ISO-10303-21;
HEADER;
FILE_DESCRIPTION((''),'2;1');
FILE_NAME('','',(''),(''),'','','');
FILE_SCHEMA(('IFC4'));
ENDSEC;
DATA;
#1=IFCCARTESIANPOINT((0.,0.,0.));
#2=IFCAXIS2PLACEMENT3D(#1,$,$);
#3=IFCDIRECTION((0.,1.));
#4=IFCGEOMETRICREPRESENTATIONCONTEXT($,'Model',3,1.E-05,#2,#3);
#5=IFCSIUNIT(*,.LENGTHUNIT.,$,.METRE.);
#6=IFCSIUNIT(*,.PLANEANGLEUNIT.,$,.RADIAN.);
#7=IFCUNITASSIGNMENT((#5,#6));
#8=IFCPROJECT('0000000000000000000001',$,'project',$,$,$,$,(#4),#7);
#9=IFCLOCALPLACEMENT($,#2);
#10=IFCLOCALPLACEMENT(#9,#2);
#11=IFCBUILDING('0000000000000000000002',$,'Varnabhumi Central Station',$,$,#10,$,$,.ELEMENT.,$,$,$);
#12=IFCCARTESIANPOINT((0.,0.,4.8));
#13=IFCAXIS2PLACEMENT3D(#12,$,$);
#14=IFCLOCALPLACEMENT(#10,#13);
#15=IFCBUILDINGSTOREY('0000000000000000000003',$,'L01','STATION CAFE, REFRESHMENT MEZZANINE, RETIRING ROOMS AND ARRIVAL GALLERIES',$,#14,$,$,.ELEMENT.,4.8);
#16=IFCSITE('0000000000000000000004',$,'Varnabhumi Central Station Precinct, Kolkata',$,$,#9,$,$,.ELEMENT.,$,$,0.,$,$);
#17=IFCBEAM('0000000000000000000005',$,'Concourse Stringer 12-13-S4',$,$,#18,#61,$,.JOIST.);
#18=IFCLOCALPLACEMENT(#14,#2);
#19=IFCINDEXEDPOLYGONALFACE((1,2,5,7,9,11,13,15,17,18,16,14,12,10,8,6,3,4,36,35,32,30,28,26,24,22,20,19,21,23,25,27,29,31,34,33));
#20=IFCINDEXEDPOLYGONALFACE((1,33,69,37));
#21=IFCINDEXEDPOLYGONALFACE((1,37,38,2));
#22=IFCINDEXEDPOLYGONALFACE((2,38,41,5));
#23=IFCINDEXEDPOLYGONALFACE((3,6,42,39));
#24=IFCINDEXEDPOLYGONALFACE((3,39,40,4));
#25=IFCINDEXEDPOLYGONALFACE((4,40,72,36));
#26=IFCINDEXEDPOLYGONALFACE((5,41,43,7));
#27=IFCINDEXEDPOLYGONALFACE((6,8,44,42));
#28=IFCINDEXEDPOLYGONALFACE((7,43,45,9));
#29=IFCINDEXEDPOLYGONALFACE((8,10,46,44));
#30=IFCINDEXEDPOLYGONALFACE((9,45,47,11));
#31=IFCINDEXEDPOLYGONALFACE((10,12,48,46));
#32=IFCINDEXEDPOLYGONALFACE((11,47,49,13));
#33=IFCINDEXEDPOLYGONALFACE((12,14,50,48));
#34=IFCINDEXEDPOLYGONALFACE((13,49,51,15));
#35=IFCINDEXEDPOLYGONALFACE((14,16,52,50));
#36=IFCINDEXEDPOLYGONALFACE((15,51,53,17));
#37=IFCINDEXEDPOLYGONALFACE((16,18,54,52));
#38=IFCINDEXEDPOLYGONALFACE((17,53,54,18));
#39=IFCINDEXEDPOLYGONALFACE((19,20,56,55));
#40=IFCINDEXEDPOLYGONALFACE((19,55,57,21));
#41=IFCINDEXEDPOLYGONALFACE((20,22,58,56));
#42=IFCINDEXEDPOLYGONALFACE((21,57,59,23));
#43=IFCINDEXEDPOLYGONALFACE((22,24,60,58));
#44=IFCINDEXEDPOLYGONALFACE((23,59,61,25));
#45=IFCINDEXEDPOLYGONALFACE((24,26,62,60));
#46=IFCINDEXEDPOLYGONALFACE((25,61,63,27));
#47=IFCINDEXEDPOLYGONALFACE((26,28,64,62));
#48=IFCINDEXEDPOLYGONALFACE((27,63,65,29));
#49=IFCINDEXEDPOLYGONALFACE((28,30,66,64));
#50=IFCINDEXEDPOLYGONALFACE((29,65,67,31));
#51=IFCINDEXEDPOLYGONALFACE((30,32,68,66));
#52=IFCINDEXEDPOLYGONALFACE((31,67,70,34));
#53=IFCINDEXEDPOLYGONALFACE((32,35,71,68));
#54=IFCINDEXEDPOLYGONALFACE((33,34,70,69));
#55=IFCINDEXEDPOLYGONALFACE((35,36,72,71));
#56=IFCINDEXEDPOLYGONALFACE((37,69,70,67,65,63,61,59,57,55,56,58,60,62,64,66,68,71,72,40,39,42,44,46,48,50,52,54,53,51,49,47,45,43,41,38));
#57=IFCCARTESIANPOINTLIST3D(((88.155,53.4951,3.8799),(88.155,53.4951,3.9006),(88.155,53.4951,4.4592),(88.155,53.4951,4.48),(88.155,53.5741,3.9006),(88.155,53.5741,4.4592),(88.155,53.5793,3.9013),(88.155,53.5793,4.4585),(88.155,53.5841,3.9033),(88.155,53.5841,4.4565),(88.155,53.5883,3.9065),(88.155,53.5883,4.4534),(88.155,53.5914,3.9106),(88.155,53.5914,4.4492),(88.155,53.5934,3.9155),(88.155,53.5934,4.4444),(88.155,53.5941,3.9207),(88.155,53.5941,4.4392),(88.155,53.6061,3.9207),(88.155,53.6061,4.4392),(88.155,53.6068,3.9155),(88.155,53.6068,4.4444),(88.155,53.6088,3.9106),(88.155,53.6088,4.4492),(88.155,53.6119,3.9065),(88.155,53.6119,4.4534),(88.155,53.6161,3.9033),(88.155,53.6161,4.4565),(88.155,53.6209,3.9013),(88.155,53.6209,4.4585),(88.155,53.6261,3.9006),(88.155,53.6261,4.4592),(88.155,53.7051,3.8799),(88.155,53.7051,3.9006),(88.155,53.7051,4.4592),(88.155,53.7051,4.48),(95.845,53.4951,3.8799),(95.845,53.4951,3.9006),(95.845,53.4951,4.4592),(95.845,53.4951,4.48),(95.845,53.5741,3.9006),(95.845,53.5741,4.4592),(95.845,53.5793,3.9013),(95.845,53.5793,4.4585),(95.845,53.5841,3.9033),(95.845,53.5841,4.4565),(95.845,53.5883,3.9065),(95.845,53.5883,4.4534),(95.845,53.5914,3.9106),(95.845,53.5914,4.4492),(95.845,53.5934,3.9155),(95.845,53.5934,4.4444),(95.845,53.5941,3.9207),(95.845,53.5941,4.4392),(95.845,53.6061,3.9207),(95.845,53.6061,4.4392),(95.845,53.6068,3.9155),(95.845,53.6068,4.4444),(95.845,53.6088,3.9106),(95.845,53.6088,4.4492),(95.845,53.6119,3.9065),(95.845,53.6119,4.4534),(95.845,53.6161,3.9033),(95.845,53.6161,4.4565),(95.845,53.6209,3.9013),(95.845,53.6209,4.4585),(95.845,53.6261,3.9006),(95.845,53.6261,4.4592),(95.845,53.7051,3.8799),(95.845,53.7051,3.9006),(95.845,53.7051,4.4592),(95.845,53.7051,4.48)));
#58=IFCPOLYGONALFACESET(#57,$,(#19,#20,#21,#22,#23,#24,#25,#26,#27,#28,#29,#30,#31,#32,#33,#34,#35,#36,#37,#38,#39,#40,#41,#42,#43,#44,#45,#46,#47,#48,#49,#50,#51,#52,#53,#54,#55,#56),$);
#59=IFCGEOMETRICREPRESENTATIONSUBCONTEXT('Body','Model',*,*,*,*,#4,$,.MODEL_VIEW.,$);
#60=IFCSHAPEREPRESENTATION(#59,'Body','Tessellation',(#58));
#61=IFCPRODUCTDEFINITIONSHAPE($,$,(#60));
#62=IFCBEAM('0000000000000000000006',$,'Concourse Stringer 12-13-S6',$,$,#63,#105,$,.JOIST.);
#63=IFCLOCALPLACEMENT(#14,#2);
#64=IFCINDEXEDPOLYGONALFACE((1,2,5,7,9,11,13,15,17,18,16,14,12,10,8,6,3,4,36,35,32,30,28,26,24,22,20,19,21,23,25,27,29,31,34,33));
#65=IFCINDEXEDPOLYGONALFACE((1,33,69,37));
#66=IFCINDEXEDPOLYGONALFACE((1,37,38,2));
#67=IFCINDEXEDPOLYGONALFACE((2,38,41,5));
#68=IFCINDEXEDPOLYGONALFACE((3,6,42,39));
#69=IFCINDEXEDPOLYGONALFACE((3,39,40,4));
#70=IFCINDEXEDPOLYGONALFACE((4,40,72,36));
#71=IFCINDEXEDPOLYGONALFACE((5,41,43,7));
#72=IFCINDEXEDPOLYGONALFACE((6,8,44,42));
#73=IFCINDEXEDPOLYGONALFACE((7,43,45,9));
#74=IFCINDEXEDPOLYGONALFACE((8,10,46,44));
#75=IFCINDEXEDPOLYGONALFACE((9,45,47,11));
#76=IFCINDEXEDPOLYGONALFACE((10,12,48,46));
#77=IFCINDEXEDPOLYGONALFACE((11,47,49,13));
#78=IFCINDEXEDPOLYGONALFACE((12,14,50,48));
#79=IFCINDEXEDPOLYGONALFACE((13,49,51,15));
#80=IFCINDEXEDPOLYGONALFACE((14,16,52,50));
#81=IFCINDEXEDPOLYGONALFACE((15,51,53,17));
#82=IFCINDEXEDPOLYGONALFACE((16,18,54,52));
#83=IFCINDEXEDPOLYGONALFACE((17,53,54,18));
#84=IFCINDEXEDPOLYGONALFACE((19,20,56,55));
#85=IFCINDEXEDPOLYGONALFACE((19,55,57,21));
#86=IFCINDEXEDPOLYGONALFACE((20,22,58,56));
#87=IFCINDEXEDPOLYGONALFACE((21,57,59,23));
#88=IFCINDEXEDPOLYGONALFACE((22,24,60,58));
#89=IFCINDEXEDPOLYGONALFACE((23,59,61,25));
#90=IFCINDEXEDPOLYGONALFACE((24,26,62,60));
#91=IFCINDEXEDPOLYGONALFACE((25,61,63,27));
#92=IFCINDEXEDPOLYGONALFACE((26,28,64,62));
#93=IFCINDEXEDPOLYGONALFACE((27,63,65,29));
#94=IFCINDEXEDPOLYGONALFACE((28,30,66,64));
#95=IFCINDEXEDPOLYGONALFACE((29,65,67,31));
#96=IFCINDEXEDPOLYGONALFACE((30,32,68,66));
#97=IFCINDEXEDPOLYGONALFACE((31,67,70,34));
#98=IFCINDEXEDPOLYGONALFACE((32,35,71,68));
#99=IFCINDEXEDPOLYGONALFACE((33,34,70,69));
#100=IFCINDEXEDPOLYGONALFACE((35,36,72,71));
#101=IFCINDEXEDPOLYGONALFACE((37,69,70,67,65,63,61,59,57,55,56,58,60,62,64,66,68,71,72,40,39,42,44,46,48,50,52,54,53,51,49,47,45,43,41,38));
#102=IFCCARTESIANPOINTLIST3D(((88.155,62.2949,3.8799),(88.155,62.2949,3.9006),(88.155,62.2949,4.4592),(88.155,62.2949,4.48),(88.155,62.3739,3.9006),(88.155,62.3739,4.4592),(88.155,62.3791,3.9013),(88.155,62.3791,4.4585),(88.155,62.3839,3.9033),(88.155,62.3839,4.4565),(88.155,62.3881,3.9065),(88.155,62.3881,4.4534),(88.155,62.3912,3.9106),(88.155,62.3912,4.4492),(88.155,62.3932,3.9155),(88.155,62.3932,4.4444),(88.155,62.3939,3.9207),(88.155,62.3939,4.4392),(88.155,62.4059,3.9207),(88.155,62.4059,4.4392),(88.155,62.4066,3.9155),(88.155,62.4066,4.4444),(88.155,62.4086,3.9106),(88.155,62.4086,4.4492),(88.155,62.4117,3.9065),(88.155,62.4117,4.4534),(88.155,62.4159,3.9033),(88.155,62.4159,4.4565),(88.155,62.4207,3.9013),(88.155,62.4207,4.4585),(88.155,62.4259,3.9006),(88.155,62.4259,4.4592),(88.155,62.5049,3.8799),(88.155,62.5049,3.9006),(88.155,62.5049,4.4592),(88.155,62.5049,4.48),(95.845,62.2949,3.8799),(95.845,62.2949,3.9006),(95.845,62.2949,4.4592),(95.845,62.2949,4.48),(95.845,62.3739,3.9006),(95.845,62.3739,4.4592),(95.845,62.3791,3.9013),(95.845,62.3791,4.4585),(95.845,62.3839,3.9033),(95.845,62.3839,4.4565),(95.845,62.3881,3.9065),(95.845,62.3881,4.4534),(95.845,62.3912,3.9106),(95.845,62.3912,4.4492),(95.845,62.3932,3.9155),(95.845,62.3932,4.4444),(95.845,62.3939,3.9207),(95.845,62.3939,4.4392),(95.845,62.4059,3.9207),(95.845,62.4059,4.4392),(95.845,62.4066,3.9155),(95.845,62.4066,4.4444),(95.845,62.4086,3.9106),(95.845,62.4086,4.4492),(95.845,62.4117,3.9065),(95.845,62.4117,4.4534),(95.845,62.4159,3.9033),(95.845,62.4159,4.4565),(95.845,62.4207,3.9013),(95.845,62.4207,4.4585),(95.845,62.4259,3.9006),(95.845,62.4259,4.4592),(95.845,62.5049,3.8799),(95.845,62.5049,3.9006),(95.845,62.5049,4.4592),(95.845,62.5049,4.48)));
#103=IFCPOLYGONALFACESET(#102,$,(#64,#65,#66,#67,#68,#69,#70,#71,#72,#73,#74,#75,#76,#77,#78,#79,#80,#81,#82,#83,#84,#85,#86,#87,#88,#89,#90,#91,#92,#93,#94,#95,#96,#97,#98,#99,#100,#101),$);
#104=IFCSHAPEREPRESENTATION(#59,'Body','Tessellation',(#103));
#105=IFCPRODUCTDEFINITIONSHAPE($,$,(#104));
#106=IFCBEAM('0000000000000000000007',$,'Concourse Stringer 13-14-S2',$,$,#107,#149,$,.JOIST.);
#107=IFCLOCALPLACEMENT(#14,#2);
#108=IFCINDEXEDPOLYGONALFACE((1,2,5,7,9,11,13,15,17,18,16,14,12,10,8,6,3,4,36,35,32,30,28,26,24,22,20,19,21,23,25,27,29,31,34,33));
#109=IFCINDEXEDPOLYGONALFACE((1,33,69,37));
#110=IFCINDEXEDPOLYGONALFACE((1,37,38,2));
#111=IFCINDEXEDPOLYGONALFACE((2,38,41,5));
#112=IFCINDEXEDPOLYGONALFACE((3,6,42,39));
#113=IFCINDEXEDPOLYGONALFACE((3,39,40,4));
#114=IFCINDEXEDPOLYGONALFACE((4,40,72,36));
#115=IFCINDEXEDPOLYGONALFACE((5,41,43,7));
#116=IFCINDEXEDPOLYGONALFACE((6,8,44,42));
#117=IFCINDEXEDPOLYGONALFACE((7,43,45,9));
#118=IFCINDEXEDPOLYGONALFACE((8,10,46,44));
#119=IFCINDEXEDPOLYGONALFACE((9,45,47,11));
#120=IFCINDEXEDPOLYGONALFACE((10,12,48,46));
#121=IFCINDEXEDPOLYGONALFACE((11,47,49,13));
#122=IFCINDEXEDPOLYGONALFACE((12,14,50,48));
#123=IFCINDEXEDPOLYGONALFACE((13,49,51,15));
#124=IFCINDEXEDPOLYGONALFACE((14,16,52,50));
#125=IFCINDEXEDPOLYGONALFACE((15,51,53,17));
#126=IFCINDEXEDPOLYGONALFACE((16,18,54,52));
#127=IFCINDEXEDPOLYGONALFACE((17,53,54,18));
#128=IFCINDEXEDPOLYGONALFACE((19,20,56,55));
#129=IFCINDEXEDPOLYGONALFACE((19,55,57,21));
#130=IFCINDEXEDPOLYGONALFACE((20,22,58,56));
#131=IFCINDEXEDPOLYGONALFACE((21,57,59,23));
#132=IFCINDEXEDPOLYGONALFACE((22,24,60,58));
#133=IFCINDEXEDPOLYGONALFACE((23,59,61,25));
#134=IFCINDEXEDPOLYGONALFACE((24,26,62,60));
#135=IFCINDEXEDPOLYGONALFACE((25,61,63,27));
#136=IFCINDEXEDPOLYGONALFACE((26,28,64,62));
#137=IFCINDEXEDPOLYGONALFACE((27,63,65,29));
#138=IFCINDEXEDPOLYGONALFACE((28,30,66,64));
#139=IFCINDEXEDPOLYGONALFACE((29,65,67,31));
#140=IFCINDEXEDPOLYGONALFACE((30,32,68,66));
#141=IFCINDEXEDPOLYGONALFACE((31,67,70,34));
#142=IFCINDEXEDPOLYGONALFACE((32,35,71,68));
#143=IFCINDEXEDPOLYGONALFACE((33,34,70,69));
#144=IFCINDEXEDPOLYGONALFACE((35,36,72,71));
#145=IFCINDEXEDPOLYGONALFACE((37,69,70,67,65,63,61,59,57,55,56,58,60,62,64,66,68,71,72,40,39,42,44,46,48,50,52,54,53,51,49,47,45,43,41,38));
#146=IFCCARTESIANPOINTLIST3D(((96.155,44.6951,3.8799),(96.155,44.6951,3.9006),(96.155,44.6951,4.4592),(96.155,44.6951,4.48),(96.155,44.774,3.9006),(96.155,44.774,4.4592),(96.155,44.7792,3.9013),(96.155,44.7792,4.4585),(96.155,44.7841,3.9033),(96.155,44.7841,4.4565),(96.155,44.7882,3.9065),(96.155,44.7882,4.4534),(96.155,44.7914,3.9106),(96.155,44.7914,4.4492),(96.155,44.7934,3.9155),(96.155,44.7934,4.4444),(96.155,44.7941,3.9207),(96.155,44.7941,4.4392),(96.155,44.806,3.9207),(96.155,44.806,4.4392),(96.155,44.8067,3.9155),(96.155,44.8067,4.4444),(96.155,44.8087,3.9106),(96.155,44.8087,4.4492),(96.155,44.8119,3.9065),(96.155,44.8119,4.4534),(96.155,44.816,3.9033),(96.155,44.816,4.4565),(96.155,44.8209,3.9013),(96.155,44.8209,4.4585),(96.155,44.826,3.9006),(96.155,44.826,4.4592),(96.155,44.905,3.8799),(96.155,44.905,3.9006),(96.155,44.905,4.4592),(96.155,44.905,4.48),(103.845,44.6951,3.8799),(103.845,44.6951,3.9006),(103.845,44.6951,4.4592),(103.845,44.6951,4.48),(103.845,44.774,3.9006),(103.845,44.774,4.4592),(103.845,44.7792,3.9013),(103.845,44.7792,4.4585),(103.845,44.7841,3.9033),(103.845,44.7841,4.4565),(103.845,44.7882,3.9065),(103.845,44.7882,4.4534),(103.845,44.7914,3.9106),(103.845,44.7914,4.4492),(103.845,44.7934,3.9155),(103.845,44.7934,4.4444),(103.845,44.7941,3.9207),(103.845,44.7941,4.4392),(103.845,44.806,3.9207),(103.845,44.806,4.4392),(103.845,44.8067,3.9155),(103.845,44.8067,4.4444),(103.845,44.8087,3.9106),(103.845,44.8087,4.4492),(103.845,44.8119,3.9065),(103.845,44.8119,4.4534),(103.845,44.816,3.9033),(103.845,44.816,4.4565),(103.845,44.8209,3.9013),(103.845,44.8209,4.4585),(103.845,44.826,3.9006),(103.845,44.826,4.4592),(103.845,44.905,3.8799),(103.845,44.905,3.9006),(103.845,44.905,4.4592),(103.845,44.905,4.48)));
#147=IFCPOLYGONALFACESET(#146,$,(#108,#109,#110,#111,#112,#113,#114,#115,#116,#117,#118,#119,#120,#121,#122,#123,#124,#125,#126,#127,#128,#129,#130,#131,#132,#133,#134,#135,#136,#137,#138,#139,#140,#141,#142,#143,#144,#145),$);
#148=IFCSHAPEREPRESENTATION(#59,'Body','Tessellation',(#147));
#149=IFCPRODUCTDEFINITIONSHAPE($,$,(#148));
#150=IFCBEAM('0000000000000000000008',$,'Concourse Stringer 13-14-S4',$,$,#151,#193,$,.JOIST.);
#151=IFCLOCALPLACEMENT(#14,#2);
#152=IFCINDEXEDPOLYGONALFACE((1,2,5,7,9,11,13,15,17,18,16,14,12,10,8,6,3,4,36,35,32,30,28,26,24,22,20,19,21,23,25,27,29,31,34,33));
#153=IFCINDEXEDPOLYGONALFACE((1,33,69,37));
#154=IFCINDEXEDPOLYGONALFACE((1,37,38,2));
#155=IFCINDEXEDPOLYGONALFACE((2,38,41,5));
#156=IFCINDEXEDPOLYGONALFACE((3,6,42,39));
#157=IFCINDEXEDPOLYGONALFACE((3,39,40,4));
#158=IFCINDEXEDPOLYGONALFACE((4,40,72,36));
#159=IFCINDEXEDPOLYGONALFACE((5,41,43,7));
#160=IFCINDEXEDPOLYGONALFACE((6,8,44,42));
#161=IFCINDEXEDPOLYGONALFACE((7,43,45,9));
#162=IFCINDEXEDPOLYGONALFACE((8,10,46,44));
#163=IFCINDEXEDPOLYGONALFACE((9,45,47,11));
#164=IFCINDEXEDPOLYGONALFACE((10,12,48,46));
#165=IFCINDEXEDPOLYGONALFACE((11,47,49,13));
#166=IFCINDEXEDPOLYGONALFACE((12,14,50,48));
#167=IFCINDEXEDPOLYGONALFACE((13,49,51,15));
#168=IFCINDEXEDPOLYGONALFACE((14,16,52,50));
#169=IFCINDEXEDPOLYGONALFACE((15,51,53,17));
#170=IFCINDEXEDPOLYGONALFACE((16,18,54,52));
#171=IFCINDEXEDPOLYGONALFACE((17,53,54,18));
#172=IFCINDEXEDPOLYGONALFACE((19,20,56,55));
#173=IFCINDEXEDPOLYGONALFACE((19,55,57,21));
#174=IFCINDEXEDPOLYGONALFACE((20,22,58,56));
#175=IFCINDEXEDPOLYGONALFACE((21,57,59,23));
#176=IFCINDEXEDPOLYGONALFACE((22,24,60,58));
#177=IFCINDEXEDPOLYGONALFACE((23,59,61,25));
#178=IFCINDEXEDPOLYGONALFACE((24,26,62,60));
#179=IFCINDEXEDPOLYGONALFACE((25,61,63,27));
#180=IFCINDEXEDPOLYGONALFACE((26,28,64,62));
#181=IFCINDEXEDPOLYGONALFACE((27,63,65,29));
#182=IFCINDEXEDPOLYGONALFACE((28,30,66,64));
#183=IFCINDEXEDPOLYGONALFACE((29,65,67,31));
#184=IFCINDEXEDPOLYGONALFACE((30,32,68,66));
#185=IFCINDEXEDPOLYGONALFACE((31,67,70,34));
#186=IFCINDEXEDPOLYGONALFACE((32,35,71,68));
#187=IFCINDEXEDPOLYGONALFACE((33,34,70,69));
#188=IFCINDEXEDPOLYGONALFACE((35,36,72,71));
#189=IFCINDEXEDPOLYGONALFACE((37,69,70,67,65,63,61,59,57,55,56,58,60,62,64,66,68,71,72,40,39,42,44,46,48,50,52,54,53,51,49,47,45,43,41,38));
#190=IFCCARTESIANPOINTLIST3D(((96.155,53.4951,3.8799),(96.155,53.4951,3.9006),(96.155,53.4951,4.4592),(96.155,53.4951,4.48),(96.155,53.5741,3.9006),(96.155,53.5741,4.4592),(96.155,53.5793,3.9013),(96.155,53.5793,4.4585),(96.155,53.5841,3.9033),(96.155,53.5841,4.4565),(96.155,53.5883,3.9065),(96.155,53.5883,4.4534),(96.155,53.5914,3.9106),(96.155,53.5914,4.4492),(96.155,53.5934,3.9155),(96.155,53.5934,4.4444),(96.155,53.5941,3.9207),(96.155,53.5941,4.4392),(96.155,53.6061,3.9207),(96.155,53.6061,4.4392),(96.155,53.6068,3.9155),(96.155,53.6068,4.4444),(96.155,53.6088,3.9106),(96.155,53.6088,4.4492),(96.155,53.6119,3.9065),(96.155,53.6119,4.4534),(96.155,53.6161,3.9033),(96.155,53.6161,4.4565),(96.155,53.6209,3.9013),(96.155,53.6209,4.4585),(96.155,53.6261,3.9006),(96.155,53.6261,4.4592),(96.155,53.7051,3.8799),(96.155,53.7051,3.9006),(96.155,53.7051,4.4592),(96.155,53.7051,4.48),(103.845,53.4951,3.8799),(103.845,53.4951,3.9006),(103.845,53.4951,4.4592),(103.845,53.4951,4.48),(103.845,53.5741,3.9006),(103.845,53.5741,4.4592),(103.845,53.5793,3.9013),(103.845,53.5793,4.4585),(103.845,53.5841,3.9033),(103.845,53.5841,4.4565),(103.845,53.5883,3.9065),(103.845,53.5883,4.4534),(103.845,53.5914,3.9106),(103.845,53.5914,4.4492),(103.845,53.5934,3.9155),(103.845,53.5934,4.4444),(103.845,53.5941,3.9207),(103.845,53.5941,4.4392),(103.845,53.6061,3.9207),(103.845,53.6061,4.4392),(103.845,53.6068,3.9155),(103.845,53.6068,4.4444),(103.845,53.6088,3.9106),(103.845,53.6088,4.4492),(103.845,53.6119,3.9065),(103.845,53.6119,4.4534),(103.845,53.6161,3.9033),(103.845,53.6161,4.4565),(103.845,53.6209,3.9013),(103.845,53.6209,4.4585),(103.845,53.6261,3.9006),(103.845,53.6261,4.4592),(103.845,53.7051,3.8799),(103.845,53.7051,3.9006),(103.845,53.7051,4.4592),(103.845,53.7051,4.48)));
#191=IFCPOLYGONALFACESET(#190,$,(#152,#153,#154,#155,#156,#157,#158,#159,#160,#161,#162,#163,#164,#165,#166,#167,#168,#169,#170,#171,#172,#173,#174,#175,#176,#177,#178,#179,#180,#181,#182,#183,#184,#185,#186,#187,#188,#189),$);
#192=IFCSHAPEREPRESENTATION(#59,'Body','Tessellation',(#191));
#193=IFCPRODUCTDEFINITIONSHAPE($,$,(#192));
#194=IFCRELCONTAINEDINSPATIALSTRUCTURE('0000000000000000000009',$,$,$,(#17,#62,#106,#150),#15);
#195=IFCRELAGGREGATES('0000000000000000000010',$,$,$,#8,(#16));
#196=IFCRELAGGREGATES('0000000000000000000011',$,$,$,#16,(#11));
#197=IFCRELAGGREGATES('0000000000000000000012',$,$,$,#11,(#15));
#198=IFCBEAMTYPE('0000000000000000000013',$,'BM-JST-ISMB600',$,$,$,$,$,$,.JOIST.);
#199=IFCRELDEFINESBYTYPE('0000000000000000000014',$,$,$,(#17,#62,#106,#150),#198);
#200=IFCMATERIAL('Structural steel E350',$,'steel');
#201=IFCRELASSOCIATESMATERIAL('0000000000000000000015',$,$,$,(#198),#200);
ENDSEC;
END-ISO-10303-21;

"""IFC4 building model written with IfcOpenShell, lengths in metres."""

from ifc_helpers import new_model, si_unit, direction, frame, origin, origin_2d, place, context, subcontext, project, spatial, i_section, extrude, material, material_profile, profile_set, type_object, element, save


model = new_model("IFC4")

# Units and contexts
model_context = context("Model", 3, precision=1e-05, world=origin(), true_north=direction((0.0, 1.0)))
body_context = subcontext(model_context, "Body", "Model", "MODEL_VIEW")
ifc_project = project(units=[si_unit("LENGTHUNIT", "METRE"), si_unit("PLANEANGLEUNIT", "RADIAN")], contexts=[model_context])

# Site, building, storey
site_placement = place(None, origin())
site = spatial("IfcSite", under=ifc_project, at=site_placement, Name="Varnabhumi Central Station Precinct, Kolkata", CompositionType="ELEMENT", RefElevation=0.0)
building_placement = place(site_placement, origin())
building = spatial("IfcBuilding", under=site, at=building_placement, Name="Varnabhumi Central Station", CompositionType="ELEMENT")
storey_placement = place(building_placement, frame((0.0, 0.0, 4.8)))
storey = spatial("IfcBuildingStorey", under=building, at=storey_placement, Name="L01", Description="STATION CAFE, REFRESHMENT MEZZANINE, RETIRING ROOMS AND ARRIVAL GALLERIES", CompositionType="ELEMENT", Elevation=4.8)

# Beams
ifc_material_1 = material(Name="Structural steel E350", Category="steel")
ifc_material_profile_1 = material_profile(ifc_material_1, i_section(OverallWidth=0.21, OverallDepth=0.6001, WebThickness=0.012, FlangeThickness=0.0208, FilletRadius=0.02, at=origin_2d()), Name="Structural steel E350", Category="steel")
ifc_profile_set_1 = profile_set([ifc_material_profile_1], Name="Structural steel E350")
beam_type_1 = type_object("IfcBeamType", Name="BM-JST-ISMB600", PredefinedType="JOIST", material=ifc_profile_set_1)
for number, where, z_axis, x_axis, name in (
    (1, (88.155, 53.6001, 4.1799), (1.0, 0.0, 0.0), (0.0, 1.0, 0.0), "Concourse Stringer 12-13-S4"),
    (2, (88.155, 62.3999, 4.1799), (1.0, 0.0, 0.0), (0.0, 1.0, 0.0), "Concourse Stringer 12-13-S6"),
    (3, (96.155, 44.8, 4.1799), (1.0, 0.0, 0.0), (0.0, 1.0, 0.0), "Concourse Stringer 13-14-S2"),
    (4, (96.155, 53.6001, 4.1799), (1.0, 0.0, 0.0), (0.0, 1.0, 0.0), "Concourse Stringer 13-14-S4"),
):
    element("IfcBeam", number, at=place(storey_placement, frame(where, z_axis=z_axis, x_axis=x_axis)), inside=storey, type_object=beam_type_1, Name=name, PredefinedType="JOIST", context=body_context, shape_type="SweptSolid", body=[
        extrude(i_section(OverallWidth=0.21, OverallDepth=0.6001, WebThickness=0.012, FlangeThickness=0.0208, FilletRadius=0.02, at=origin_2d()), origin(), (0.0, 0.0, 1.0), 7.6899),
    ])

save(model, "model.ifc")
